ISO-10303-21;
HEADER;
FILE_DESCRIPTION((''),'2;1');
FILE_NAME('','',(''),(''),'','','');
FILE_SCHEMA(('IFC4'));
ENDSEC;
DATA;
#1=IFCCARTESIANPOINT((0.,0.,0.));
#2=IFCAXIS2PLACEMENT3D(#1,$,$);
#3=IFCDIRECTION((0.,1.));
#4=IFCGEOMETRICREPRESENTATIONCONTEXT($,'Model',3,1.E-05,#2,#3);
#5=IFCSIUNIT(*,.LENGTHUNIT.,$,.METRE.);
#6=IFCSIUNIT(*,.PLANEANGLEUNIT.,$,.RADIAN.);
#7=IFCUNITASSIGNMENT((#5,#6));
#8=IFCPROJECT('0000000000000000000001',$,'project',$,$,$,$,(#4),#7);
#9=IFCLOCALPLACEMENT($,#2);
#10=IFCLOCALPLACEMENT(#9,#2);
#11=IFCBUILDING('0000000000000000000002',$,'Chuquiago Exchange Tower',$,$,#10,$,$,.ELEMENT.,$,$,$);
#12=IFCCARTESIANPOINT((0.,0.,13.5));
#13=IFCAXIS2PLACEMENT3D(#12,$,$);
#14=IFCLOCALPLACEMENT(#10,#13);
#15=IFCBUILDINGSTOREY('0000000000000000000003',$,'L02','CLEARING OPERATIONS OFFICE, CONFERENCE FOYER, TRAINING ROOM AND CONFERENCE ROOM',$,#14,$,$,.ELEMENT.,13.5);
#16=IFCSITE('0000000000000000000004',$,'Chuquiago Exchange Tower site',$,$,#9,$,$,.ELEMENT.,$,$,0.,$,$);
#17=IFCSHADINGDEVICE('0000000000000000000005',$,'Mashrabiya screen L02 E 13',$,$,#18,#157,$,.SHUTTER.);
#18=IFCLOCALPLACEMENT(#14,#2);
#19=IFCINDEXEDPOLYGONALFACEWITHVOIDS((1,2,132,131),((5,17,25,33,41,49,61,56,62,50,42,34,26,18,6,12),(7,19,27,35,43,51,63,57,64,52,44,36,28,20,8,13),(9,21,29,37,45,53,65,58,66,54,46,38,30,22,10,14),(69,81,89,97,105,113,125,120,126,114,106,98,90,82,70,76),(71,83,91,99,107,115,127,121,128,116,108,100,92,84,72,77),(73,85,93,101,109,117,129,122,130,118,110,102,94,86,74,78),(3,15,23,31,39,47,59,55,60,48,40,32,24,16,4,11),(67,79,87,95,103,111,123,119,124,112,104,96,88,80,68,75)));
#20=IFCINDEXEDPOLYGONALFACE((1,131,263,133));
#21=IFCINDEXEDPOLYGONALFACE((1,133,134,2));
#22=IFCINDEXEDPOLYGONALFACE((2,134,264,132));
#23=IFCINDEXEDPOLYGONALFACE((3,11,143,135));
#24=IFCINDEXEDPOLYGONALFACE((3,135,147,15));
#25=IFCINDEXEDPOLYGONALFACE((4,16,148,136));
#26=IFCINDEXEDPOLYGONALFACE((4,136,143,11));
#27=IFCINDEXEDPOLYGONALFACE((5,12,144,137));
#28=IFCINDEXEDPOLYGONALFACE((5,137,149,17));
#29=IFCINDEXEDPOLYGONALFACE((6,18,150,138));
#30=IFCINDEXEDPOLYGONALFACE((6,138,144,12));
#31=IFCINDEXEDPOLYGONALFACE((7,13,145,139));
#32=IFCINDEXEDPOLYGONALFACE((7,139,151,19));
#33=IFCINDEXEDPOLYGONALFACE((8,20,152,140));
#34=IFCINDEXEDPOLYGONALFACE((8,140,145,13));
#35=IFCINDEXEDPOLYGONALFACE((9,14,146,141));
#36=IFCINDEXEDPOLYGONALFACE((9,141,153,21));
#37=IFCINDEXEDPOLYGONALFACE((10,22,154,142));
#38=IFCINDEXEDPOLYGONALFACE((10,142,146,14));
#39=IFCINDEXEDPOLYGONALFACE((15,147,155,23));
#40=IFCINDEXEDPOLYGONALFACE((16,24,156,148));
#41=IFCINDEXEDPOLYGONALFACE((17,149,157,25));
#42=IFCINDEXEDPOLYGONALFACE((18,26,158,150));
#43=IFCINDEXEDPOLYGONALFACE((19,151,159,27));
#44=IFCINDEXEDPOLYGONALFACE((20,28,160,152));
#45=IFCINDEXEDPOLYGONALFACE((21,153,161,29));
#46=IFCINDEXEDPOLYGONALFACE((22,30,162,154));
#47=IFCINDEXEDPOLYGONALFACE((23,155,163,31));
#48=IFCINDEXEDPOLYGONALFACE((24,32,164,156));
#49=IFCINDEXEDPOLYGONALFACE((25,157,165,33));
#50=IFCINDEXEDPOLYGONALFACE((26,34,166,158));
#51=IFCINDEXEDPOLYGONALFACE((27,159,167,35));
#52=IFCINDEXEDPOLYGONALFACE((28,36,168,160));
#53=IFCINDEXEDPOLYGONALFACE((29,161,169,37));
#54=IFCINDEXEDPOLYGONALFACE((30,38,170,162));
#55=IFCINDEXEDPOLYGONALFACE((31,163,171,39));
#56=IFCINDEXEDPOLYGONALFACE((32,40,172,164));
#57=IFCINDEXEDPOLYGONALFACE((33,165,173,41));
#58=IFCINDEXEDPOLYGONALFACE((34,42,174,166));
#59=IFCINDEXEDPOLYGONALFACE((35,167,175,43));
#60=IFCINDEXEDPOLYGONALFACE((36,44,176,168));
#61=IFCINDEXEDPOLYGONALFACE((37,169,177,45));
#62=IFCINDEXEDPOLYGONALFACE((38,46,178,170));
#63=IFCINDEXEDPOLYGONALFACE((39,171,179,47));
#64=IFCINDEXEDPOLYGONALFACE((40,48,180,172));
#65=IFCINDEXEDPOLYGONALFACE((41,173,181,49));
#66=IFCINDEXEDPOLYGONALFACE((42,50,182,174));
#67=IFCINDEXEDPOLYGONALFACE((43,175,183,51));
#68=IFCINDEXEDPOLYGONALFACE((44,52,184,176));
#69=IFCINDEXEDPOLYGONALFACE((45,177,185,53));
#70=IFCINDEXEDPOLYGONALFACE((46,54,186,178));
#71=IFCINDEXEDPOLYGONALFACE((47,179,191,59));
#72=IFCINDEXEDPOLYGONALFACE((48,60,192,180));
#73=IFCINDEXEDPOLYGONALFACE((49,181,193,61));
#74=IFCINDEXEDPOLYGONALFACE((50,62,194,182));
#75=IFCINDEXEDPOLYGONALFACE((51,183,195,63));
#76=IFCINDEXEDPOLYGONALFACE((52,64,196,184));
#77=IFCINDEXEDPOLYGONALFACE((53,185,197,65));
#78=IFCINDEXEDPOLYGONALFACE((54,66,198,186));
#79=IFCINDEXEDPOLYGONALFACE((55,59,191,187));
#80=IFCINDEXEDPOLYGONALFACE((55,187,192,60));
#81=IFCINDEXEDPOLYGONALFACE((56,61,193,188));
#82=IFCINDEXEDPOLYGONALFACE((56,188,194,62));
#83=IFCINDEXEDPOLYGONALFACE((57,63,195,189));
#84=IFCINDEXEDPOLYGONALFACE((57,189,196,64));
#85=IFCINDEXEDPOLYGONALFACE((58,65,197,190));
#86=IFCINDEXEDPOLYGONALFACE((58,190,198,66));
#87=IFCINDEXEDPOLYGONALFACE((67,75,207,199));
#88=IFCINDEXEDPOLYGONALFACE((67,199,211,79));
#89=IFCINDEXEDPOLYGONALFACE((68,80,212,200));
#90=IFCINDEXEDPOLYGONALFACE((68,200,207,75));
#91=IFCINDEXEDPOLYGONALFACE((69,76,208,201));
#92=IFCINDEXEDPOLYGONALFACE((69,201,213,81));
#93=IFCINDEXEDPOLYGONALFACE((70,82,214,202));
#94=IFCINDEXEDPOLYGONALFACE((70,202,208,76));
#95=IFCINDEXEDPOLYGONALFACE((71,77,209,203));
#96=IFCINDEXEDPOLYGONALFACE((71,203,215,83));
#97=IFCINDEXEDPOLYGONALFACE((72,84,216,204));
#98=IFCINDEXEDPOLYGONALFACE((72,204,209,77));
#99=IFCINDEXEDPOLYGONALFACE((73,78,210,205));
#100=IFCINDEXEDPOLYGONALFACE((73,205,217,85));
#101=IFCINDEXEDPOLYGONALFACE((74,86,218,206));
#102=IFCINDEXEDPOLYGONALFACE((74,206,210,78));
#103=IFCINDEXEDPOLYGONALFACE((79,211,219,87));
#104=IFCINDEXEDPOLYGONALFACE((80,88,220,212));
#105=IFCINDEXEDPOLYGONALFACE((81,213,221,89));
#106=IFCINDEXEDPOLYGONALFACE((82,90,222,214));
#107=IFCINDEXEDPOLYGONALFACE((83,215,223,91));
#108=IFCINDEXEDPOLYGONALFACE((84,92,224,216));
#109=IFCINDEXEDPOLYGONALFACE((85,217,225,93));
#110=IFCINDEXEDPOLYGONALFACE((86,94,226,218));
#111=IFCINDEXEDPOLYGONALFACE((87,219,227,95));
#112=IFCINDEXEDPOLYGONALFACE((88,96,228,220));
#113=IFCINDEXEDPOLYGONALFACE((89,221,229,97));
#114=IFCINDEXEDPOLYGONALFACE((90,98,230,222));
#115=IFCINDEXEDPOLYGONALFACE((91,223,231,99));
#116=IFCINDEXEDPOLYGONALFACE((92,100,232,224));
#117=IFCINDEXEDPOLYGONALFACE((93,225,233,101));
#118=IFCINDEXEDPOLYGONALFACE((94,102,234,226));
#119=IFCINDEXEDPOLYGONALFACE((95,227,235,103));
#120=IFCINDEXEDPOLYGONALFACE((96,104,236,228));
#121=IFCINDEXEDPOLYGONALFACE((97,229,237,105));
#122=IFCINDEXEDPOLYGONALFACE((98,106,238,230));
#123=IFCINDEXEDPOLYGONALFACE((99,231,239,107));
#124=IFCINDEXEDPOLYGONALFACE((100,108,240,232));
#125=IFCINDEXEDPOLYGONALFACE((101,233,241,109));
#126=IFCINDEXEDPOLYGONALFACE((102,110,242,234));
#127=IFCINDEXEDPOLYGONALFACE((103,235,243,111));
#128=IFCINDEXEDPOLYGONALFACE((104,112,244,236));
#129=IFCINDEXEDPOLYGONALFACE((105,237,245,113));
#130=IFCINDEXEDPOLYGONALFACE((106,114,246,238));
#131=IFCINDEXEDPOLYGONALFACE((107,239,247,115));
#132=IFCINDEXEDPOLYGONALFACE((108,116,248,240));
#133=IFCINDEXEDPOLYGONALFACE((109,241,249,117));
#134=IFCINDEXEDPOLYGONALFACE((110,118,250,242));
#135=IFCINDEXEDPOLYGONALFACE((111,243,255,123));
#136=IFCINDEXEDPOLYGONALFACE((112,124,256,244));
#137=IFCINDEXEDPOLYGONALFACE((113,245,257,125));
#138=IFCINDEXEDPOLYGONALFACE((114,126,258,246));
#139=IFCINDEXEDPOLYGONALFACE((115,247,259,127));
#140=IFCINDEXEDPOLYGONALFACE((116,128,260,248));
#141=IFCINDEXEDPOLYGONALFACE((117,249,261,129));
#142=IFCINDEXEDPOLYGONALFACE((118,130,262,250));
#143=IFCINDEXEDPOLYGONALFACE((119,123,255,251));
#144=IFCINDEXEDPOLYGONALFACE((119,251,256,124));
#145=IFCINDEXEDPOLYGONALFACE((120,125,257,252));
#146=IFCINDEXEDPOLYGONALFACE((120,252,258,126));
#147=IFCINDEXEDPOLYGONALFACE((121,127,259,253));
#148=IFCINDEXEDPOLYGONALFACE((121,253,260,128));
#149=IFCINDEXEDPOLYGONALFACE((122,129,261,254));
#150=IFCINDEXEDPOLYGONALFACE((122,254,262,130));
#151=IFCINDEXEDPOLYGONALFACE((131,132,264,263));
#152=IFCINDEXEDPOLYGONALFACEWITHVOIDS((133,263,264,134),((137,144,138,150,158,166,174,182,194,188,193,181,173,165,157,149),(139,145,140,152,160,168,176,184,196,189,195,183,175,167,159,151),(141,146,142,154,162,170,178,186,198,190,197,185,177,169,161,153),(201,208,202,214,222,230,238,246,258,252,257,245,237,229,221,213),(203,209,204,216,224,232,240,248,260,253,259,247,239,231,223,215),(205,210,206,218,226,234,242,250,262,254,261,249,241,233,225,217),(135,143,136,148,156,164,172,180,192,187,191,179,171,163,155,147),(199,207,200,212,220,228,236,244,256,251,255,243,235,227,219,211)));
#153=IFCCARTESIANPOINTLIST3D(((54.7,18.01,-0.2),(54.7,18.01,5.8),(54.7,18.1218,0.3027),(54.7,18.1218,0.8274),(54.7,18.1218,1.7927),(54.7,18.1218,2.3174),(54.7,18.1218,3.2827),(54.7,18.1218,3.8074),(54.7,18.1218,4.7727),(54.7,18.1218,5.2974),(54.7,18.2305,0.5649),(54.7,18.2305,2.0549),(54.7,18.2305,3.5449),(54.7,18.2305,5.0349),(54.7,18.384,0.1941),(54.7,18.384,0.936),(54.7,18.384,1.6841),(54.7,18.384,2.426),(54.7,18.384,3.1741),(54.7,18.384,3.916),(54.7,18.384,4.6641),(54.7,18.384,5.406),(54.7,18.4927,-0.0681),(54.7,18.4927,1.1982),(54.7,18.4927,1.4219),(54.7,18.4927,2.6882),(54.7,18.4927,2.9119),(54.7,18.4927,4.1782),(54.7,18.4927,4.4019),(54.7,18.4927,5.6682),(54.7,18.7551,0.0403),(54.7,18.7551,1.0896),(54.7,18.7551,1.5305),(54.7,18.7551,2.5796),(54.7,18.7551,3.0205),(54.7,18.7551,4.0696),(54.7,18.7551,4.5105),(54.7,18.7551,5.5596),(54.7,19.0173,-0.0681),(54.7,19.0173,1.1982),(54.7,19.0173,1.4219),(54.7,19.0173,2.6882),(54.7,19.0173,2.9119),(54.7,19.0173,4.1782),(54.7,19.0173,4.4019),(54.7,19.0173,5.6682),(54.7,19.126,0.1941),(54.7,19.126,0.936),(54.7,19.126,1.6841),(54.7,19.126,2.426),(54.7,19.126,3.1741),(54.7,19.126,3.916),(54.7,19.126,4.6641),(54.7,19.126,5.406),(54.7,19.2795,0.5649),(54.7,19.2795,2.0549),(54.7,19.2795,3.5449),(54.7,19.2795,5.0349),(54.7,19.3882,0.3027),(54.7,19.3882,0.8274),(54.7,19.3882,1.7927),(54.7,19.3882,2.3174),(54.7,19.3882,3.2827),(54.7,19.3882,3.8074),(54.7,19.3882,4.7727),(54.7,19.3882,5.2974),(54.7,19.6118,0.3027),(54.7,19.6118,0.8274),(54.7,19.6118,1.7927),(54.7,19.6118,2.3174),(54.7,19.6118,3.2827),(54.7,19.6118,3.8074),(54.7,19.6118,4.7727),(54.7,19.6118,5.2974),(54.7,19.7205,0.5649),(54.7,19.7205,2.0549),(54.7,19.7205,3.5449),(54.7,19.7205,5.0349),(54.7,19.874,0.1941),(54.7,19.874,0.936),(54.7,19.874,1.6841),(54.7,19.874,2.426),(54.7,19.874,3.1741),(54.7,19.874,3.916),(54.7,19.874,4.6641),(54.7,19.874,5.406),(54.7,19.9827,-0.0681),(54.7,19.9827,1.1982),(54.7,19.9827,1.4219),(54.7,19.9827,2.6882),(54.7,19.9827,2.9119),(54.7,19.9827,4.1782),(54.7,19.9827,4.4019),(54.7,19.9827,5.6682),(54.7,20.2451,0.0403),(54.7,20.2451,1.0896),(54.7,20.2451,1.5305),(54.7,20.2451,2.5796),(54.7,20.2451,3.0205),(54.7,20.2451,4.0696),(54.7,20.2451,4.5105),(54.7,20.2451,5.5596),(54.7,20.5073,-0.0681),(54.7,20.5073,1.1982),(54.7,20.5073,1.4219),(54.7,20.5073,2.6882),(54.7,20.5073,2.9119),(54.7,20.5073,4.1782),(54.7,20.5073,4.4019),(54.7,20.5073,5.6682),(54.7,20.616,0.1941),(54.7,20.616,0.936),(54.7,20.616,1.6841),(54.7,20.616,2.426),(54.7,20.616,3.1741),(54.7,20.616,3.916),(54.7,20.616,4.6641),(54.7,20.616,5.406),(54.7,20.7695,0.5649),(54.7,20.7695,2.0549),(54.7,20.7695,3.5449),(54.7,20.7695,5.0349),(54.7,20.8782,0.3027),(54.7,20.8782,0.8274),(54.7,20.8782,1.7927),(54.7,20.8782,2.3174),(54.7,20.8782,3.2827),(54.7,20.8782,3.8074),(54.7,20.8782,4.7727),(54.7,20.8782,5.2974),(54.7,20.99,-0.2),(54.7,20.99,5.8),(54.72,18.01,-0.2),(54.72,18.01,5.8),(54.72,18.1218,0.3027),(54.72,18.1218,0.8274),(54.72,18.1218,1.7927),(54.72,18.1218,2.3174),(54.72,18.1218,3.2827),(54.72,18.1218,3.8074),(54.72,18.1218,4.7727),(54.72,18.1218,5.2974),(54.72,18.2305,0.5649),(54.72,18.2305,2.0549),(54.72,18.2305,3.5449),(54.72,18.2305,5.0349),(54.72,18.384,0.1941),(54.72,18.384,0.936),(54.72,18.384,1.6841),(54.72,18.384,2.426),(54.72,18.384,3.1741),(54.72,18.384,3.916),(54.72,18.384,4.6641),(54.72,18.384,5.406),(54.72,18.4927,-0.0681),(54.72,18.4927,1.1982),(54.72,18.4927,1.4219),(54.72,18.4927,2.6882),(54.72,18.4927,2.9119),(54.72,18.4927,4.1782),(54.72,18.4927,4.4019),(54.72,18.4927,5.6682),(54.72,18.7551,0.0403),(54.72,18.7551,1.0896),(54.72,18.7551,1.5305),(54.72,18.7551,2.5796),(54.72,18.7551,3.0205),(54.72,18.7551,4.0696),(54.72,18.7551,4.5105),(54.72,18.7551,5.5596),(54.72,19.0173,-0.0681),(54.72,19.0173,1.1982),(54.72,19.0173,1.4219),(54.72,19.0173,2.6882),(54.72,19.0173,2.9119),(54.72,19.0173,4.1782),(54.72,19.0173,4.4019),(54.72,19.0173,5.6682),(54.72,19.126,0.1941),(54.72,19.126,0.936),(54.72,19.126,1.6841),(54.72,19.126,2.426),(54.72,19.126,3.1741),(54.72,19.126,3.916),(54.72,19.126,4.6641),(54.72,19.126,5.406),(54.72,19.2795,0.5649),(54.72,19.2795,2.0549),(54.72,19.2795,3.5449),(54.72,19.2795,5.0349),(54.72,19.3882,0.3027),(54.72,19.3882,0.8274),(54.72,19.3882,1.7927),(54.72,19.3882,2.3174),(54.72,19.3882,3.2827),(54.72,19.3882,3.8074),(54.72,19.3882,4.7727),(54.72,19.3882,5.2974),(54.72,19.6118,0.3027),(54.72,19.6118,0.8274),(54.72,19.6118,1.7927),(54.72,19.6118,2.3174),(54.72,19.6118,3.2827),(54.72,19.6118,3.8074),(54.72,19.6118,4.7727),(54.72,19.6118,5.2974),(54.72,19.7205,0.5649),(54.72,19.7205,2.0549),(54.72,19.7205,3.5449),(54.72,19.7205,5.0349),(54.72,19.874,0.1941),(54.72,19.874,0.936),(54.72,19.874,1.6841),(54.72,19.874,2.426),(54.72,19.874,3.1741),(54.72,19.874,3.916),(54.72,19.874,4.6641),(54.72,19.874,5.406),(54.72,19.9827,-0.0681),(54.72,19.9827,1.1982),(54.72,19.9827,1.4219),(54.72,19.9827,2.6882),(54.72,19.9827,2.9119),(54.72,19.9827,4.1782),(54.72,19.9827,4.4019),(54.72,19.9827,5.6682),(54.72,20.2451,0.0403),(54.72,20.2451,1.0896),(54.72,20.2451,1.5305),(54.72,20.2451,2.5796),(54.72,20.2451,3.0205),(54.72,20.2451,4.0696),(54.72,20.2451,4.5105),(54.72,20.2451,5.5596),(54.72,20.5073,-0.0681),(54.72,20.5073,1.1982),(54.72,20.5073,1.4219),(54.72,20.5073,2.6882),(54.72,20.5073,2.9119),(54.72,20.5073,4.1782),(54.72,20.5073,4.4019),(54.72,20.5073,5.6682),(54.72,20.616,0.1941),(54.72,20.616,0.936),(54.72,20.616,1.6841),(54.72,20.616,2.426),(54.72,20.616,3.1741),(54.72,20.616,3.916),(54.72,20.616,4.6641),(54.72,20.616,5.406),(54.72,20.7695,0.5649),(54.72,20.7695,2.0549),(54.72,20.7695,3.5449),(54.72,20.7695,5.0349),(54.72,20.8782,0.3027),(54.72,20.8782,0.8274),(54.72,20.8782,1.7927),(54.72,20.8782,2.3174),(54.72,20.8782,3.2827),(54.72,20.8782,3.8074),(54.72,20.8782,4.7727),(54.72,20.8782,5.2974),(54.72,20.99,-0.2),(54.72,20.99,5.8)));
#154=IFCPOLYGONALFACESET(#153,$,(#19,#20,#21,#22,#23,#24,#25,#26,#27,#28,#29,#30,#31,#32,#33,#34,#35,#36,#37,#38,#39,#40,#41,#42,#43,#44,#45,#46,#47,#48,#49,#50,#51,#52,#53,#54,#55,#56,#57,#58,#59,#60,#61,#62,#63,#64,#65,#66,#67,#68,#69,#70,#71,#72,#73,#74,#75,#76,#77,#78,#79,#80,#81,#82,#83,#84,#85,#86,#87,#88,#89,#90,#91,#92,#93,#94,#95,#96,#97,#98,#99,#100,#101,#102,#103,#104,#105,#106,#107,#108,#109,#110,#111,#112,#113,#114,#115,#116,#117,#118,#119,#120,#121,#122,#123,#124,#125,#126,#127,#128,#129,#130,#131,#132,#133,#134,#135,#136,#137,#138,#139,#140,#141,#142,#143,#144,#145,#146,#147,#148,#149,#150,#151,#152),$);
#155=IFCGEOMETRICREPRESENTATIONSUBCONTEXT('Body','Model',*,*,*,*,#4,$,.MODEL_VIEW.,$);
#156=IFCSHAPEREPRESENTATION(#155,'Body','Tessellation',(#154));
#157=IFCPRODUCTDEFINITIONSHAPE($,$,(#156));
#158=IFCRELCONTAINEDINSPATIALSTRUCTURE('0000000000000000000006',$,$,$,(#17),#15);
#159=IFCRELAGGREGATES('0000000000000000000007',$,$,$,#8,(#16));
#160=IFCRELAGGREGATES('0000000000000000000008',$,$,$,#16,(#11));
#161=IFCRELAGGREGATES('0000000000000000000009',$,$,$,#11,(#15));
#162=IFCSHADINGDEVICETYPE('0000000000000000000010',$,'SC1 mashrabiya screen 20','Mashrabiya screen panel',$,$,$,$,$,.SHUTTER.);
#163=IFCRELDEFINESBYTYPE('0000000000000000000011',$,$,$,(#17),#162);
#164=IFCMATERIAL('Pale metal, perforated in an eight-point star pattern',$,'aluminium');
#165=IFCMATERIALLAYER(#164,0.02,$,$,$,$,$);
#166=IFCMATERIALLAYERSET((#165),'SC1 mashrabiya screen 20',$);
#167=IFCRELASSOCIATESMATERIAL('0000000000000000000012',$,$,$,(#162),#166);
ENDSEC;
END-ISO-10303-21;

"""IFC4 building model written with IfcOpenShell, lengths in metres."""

from ifc_helpers import new_model, si_unit, direction, frame, origin, place, context, subcontext, project, spatial, polyline, outline, extrude, material, layer, layer_set, type_object, element, save


model = new_model("IFC4")

# Units and contexts
model_context = context("Model", 3, precision=1e-05, world=origin(), true_north=direction((0.0, 1.0)))
body_context = subcontext(model_context, "Body", "Model", "MODEL_VIEW")
ifc_project = project(units=[si_unit("LENGTHUNIT", "METRE"), si_unit("PLANEANGLEUNIT", "RADIAN")], contexts=[model_context])

# Site, building, storey
site_placement = place(None, origin())
site = spatial("IfcSite", under=ifc_project, at=site_placement, Name="Chuquiago Exchange Tower site", CompositionType="ELEMENT", RefElevation=0.0)
building_placement = place(site_placement, origin())
building = spatial("IfcBuilding", under=site, at=building_placement, Name="Chuquiago Exchange Tower", CompositionType="ELEMENT")
storey_placement = place(building_placement, frame((0.0, 0.0, 13.5)))
storey = spatial("IfcBuildingStorey", under=building, at=storey_placement, Name="L02", Description="CLEARING OPERATIONS OFFICE, CONFERENCE FOYER, TRAINING ROOM AND CONFERENCE ROOM", CompositionType="ELEMENT", Elevation=13.5)

# Shading device
ifc_material_1 = material(Name="Pale metal, perforated in an eight-point star pattern", Category="aluminium")
ifc_layer_1 = layer(ifc_material_1, 0.02)
ifc_layer_set_1 = layer_set([ifc_layer_1], Name="SC1 mashrabiya screen 20")
shading_device_type = type_object("IfcShadingDeviceType", Name="SC1 mashrabiya screen 20", Description="Mashrabiya screen panel", PredefinedType="SHUTTER", material=ifc_layer_set_1)
shading_device_1_placement = place(storey_placement, frame((54.7, 18.01, -0.2), z_axis=(0.0, 0.0, 1.0), x_axis=(0.0, 1.0, 0.0)))
element("IfcShadingDevice", 1, at=shading_device_1_placement, inside=storey, type_object=shading_device_type, Name="Mashrabiya screen L02 E 13", PredefinedType="SHUTTER", context=body_context, shape_type="SweptSolid", body=[
    extrude(outline(polyline([(0.0, 0.0), (2.98, 0.0), (2.98, 6.0), (0.0, 6.0), (0.0, 0.0)]), holes=[polyline([(1.2695, 0.7649), (1.3782, 1.0273), (1.116, 1.136), (1.0073, 1.3982), (0.7451, 1.2896), (0.4827, 1.3982), (0.374, 1.136), (0.1118, 1.0273), (0.2205, 0.7649), (0.1118, 0.5027), (0.374, 0.394), (0.4827, 0.1318), (0.7451, 0.2402), (1.0073, 0.1318), (1.116, 0.394), (1.3782, 0.5027), (1.2695, 0.7649)]), polyline([(2.7595, 0.7649), (2.8682, 1.0273), (2.606, 1.136), (2.4973, 1.3982), (2.2351, 1.2896), (1.9727, 1.3982), (1.864, 1.136), (1.6018, 1.0273), (1.7104, 0.7649), (1.6018, 0.5027), (1.864, 0.394), (1.9727, 0.1318), (2.2351, 0.2402), (2.4973, 0.1318), (2.606, 0.394), (2.8682, 0.5027), (2.7595, 0.7649)]), polyline([(1.2695, 2.2549), (1.3782, 2.5173), (1.116, 2.626), (1.0073, 2.8882), (0.7451, 2.7795), (0.4827, 2.8882), (0.374, 2.626), (0.1118, 2.5173), (0.2205, 2.2549), (0.1118, 1.9927), (0.374, 1.884), (0.4827, 1.6218), (0.7451, 1.7305), (1.0073, 1.6218), (1.116, 1.884), (1.3782, 1.9927), (1.2695, 2.2549)]), polyline([(2.7595, 2.2549), (2.8682, 2.5173), (2.606, 2.626), (2.4973, 2.8882), (2.2351, 2.7795), (1.9727, 2.8882), (1.864, 2.626), (1.6018, 2.5173), (1.7104, 2.2549), (1.6018, 1.9927), (1.864, 1.884), (1.9727, 1.6218), (2.2351, 1.7305), (2.4973, 1.6218), (2.606, 1.884), (2.8682, 1.9927), (2.7595, 2.2549)]), polyline([(1.2695, 3.7449), (1.3782, 4.0073), (1.116, 4.116), (1.0073, 4.3782), (0.7451, 4.2695), (0.4827, 4.3782), (0.374, 4.116), (0.1118, 4.0073), (0.2205, 3.7449), (0.1118, 3.4827), (0.374, 3.374), (0.4827, 3.1118), (0.7451, 3.2205), (1.0073, 3.1118), (1.116, 3.374), (1.3782, 3.4827), (1.2695, 3.7449)]), polyline([(2.7595, 3.7449), (2.8682, 4.0073), (2.606, 4.116), (2.4973, 4.3782), (2.2351, 4.2695), (1.9727, 4.3782), (1.864, 4.116), (1.6018, 4.0073), (1.7104, 3.7449), (1.6018, 3.4827), (1.864, 3.374), (1.9727, 3.1118), (2.2351, 3.2205), (2.4973, 3.1118), (2.606, 3.374), (2.8682, 3.4827), (2.7595, 3.7449)]), polyline([(1.2695, 5.2349), (1.3782, 5.4973), (1.116, 5.606), (1.0073, 5.8682), (0.7451, 5.7595), (0.4827, 5.8682), (0.374, 5.606), (0.1118, 5.4973), (0.2205, 5.2349), (0.1118, 4.9727), (0.374, 4.864), (0.4827, 4.6018), (0.7451, 4.7104), (1.0073, 4.6018), (1.116, 4.864), (1.3782, 4.9727), (1.2695, 5.2349)]), polyline([(2.7595, 5.2349), (2.8682, 5.4973), (2.606, 5.606), (2.4973, 5.8682), (2.2351, 5.7595), (1.9727, 5.8682), (1.864, 5.606), (1.6018, 5.4973), (1.7104, 5.2349), (1.6018, 4.9727), (1.864, 4.864), (1.9727, 4.6018), (2.2351, 4.7104), (2.4973, 4.6018), (2.606, 4.864), (2.8682, 4.9727), (2.7595, 5.2349)])]), frame((0.0, 0.0, 0.0), z_axis=(0.0, -1.0, 0.0), x_axis=(1.0, 0.0, 0.0)), (0.0, 0.0, 1.0), 0.02),
])

save(model, "model.ifc")
